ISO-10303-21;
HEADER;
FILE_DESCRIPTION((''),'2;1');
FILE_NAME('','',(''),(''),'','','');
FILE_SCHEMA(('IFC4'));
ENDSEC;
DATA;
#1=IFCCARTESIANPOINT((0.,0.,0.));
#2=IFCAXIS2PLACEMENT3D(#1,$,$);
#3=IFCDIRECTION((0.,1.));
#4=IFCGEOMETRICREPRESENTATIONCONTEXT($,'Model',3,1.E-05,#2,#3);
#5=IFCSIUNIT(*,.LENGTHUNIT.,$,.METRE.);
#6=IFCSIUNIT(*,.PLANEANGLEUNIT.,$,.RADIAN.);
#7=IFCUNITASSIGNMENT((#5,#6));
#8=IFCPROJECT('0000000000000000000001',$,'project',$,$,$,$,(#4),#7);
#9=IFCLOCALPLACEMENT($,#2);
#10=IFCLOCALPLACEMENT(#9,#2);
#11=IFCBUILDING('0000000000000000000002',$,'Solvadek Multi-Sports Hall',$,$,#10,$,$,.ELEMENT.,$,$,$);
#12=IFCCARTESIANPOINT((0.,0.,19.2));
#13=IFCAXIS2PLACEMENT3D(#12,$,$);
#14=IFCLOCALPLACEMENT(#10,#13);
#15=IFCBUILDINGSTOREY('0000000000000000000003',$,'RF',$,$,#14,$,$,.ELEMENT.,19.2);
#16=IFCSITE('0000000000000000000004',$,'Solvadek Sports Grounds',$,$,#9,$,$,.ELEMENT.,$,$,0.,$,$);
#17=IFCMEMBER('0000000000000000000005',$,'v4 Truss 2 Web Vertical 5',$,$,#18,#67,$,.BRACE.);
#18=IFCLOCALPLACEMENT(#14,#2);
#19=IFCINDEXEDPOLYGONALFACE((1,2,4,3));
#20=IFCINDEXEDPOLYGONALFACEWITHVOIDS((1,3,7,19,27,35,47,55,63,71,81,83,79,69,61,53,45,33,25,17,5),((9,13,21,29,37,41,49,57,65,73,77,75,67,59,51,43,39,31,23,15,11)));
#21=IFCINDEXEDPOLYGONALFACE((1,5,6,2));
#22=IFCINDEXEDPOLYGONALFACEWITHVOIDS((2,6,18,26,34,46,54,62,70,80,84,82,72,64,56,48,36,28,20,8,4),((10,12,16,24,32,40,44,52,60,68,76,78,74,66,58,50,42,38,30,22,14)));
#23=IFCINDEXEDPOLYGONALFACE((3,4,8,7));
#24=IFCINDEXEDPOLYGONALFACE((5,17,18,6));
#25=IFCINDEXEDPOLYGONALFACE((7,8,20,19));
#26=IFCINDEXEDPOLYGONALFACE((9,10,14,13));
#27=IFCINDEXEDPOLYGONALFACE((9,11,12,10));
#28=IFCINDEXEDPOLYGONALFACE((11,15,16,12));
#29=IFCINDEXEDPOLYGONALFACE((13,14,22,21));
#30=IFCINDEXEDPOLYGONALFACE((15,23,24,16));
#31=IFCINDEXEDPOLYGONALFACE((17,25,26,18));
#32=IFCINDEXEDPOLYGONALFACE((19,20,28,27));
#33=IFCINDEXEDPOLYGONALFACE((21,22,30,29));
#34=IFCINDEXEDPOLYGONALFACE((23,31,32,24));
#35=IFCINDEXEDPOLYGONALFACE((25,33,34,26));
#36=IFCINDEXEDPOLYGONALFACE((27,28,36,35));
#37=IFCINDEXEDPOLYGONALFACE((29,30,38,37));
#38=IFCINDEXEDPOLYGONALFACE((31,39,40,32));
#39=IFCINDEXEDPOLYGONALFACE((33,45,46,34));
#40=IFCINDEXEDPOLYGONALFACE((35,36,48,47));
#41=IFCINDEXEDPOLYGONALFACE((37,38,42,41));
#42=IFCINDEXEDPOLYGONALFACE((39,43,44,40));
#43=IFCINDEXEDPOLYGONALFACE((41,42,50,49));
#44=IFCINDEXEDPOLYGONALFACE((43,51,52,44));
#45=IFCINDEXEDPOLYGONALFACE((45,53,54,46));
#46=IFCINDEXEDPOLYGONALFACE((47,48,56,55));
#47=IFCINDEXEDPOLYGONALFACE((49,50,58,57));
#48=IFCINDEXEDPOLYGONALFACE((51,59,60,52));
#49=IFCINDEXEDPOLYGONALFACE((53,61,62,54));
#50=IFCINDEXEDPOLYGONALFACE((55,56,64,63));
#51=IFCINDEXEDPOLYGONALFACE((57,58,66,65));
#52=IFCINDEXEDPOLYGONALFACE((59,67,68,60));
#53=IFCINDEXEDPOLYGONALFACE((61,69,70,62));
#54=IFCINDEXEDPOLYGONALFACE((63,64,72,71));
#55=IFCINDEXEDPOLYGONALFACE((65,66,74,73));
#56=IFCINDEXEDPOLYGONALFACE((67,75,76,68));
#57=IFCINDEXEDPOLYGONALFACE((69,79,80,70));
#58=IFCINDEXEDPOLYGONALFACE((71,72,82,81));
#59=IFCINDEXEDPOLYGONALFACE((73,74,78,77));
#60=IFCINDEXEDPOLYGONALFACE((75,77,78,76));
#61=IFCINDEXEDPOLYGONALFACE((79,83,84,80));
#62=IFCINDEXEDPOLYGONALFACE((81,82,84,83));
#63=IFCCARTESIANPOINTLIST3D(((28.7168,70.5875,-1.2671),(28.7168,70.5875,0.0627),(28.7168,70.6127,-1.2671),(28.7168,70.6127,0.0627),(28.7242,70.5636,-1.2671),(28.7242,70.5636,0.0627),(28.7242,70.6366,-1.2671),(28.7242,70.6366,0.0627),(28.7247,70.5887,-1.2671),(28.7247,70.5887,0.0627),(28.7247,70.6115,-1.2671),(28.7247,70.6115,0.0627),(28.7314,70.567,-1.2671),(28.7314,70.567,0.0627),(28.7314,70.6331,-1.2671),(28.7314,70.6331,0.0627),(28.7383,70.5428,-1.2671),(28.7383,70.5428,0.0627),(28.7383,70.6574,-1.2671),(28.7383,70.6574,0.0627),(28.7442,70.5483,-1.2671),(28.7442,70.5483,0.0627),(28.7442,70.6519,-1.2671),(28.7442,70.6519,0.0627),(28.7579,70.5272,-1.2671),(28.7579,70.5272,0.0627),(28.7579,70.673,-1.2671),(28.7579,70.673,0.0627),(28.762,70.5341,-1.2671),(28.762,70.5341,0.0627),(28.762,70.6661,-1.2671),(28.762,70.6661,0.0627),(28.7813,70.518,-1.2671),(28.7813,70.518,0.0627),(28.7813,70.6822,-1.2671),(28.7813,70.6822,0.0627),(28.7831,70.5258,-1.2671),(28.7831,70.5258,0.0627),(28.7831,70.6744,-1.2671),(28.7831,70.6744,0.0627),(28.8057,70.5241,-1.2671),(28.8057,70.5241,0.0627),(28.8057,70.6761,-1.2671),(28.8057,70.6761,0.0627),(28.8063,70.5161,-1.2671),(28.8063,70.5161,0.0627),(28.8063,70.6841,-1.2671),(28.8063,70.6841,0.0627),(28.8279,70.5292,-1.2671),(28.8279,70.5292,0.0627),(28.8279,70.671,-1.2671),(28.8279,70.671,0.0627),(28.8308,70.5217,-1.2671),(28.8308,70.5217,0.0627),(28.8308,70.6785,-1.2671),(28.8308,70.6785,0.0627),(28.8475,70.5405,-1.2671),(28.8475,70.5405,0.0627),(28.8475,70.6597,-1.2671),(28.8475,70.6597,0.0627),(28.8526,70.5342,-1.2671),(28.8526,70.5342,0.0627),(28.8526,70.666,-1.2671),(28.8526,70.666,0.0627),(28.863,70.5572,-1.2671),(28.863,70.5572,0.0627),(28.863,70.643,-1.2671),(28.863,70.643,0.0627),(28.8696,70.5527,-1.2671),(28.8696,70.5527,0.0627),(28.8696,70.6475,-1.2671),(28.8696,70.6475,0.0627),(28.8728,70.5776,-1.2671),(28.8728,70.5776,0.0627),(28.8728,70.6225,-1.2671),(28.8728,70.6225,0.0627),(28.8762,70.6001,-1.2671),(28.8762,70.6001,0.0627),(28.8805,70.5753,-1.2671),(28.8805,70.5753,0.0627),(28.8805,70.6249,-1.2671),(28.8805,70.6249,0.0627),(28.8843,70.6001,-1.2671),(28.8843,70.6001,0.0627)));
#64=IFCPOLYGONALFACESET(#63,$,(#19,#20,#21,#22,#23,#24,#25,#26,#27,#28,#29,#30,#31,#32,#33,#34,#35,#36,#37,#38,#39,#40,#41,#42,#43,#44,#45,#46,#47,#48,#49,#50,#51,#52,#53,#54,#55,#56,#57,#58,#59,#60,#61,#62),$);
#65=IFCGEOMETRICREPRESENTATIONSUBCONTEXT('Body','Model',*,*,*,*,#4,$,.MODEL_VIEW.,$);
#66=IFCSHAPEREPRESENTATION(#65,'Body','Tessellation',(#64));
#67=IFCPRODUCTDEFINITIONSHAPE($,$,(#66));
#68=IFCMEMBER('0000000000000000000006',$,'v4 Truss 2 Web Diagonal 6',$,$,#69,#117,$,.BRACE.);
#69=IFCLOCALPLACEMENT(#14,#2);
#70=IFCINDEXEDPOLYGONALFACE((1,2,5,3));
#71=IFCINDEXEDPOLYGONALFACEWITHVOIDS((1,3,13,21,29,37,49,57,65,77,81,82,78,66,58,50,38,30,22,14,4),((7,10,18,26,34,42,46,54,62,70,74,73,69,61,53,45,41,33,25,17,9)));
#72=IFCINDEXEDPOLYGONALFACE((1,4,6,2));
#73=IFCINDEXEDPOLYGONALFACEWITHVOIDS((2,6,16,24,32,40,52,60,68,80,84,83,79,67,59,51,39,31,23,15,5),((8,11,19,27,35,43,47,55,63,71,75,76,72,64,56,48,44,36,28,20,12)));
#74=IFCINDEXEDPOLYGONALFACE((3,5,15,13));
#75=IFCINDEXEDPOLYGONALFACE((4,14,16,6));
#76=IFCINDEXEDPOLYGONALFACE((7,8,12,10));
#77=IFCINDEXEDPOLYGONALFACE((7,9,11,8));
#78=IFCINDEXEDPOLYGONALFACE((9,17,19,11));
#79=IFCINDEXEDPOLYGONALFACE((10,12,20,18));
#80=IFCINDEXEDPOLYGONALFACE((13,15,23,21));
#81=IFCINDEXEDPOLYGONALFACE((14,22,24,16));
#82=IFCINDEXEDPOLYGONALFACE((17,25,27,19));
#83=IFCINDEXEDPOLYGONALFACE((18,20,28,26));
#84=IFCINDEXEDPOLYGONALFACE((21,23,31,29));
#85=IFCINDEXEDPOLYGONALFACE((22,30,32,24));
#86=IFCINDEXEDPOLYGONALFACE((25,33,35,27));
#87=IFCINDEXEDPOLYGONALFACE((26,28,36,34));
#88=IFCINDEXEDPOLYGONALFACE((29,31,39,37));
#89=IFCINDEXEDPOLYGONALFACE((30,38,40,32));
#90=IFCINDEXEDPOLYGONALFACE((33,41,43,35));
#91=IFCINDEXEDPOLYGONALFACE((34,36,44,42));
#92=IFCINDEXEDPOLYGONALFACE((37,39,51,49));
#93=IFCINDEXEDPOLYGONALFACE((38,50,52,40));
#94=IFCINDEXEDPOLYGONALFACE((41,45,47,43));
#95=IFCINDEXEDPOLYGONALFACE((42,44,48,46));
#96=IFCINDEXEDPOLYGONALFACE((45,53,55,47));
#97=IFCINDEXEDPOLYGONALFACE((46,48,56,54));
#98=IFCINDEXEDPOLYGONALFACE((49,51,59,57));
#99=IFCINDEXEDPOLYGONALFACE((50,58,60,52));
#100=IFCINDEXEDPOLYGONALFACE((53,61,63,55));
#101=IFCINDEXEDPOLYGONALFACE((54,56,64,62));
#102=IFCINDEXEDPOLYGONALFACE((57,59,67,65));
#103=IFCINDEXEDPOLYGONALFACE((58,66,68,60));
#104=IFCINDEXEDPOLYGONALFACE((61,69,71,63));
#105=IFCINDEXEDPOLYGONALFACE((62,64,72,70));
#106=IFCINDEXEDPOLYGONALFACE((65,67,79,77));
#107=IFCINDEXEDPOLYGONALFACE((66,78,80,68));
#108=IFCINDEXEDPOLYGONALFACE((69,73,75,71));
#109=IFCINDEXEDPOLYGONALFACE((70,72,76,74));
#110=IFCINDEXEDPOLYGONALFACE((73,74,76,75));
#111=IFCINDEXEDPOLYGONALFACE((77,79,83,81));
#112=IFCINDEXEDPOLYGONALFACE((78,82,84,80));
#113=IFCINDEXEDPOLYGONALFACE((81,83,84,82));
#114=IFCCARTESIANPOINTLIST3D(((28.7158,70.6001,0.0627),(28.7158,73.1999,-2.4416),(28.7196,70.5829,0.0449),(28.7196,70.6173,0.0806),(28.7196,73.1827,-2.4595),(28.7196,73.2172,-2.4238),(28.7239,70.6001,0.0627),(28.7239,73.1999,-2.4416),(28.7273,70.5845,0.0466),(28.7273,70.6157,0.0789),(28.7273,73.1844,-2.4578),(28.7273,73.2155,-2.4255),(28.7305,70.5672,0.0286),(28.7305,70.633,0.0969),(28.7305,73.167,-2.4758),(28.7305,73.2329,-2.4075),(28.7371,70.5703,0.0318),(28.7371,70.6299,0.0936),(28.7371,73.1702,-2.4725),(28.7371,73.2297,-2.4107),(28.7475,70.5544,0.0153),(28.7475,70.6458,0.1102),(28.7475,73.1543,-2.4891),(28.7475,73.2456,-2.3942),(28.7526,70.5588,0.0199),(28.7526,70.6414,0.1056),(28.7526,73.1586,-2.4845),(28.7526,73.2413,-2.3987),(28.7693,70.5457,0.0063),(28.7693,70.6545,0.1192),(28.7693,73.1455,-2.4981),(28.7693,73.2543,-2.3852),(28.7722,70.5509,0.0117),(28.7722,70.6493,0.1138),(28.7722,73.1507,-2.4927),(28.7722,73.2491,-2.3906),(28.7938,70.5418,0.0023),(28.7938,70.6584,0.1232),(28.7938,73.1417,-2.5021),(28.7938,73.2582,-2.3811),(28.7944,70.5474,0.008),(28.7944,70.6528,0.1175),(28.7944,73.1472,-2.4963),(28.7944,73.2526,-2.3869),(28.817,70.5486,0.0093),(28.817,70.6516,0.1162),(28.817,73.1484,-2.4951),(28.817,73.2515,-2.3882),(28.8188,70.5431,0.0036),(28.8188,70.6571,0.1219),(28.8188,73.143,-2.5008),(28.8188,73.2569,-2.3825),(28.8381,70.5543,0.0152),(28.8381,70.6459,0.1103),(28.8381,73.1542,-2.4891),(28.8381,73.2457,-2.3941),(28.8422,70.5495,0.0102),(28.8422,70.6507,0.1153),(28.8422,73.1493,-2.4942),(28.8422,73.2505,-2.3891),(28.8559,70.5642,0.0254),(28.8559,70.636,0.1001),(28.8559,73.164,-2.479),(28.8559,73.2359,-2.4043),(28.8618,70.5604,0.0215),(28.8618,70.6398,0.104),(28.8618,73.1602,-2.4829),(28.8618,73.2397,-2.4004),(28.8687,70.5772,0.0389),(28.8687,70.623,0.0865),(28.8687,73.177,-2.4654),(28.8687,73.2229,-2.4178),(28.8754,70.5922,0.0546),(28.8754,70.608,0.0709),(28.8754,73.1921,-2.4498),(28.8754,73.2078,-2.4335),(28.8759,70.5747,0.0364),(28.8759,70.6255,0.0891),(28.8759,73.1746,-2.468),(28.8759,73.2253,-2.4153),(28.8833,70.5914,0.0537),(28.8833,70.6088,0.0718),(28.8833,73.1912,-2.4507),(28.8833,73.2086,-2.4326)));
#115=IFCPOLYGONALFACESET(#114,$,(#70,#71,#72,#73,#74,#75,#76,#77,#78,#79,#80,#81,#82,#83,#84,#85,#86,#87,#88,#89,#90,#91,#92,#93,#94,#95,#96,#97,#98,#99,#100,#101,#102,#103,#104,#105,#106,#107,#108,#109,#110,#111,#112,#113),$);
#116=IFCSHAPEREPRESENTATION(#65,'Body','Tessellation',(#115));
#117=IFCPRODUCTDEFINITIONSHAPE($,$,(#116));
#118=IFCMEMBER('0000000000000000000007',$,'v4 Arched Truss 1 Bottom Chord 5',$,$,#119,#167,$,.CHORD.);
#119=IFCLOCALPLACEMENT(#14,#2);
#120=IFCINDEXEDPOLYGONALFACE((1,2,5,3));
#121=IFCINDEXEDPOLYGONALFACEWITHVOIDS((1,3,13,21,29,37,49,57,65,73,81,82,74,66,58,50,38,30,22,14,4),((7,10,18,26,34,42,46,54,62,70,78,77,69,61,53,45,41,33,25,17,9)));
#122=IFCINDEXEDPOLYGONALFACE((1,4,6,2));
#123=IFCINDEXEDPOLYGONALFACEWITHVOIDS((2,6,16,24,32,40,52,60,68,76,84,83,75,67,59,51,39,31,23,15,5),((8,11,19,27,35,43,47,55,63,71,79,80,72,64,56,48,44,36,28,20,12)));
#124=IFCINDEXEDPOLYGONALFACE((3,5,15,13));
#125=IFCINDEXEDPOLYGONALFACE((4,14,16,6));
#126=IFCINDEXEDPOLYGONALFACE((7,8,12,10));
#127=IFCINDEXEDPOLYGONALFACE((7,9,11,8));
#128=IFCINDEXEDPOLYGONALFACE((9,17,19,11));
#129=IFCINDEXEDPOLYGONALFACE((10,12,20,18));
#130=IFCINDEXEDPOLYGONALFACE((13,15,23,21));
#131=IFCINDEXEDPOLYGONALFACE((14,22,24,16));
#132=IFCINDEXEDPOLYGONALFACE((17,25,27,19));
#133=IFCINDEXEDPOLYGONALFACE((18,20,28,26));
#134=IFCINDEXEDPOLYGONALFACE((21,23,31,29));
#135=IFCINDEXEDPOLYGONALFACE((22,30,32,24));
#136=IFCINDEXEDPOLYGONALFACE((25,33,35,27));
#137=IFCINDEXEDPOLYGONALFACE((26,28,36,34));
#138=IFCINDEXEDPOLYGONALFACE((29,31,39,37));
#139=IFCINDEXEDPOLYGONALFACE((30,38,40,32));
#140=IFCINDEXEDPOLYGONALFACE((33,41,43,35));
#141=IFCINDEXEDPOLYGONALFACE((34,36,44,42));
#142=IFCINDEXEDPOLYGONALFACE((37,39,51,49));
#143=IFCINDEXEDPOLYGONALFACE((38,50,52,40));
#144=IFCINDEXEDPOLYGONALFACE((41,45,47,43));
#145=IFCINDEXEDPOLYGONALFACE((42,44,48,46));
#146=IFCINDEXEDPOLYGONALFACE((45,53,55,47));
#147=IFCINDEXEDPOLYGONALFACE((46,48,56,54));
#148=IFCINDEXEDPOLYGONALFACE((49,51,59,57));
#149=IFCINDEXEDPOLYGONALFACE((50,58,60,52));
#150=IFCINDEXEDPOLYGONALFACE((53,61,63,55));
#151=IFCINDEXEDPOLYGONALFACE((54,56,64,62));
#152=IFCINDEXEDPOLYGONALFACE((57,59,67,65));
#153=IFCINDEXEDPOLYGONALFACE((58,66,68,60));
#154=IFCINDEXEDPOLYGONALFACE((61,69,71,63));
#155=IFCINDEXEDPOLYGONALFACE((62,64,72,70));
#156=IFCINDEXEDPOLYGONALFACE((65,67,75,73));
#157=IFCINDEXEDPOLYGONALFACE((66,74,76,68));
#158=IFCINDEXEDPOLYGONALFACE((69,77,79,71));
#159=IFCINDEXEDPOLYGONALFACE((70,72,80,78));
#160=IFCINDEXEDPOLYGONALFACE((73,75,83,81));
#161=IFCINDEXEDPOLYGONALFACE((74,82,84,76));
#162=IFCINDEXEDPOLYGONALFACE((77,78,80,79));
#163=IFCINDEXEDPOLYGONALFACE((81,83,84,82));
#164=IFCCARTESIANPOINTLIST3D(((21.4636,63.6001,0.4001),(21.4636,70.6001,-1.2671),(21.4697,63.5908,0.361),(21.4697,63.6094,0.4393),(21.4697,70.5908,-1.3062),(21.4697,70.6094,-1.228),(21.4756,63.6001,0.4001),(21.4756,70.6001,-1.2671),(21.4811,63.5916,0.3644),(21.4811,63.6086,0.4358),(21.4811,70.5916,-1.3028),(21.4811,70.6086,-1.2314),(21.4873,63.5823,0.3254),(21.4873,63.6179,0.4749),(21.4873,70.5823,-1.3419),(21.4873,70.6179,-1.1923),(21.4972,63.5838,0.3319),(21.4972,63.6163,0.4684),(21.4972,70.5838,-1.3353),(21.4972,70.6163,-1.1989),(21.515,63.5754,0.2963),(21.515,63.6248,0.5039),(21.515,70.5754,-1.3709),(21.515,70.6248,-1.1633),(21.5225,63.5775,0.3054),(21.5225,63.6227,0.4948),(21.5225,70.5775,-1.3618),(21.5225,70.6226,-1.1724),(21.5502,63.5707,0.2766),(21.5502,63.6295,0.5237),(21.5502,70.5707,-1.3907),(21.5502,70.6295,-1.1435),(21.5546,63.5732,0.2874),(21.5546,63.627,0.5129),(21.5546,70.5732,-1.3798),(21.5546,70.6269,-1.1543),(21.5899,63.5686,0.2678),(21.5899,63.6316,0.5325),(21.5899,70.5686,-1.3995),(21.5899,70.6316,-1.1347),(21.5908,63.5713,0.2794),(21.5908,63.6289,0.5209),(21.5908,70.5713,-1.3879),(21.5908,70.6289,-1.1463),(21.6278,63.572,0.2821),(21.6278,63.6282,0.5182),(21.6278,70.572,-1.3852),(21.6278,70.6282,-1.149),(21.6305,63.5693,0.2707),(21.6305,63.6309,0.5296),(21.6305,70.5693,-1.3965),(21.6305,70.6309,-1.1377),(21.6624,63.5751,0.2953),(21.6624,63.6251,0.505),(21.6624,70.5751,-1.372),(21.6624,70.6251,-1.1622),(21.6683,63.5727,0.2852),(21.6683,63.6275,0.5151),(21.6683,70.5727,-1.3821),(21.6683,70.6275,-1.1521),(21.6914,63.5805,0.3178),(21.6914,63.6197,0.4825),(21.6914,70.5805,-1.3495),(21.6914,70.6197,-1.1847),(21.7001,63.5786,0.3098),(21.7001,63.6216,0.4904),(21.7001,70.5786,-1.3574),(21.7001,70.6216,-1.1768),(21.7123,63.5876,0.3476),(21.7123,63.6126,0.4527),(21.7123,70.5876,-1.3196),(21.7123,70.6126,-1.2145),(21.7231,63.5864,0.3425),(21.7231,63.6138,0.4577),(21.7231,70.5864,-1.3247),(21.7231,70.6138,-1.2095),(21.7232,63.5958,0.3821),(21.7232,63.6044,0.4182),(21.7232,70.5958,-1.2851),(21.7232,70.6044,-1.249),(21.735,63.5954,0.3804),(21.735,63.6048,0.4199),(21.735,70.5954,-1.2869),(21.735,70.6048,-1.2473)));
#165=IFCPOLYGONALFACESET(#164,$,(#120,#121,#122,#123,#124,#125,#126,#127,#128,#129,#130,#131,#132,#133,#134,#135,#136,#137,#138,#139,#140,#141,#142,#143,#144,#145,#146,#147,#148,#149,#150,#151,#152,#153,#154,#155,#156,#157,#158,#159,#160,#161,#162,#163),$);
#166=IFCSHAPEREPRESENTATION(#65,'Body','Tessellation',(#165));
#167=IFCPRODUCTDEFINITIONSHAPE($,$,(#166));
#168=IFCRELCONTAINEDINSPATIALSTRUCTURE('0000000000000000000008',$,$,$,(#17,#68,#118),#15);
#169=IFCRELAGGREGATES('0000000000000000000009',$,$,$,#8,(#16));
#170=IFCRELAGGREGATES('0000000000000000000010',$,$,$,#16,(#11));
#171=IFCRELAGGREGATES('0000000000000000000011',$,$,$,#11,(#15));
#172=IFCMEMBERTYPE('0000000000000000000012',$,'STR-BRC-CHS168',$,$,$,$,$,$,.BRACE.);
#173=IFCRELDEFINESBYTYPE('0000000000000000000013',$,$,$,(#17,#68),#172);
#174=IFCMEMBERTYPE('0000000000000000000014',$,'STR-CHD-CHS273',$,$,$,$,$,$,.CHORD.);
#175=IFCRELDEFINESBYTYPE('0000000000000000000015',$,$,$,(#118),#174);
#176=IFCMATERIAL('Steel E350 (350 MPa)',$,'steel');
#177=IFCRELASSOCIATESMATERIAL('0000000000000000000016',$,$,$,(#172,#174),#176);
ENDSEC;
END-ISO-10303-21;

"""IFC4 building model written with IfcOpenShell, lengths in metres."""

from ifc_helpers import new_model, si_unit, direction, frame, origin, origin_2d, place, context, subcontext, project, spatial, hollow_circle, extrude, material, material_profile, profile_set, type_object, element, save


model = new_model("IFC4")

# Units and contexts
model_context = context("Model", 3, precision=1e-05, world=origin(), true_north=direction((0.0, 1.0)))
body_context = subcontext(model_context, "Body", "Model", "MODEL_VIEW")
ifc_project = project(units=[si_unit("LENGTHUNIT", "METRE"), si_unit("PLANEANGLEUNIT", "RADIAN")], contexts=[model_context])

# Site, building, storey
site_placement = place(None, origin())
site = spatial("IfcSite", under=ifc_project, at=site_placement, Name="Solvadek Sports Grounds", CompositionType="ELEMENT", RefElevation=0.0)
building_placement = place(site_placement, origin())
building = spatial("IfcBuilding", under=site, at=building_placement, Name="Solvadek Multi-Sports Hall", CompositionType="ELEMENT")
storey_placement = place(building_placement, frame((0.0, 0.0, 19.2)))
storey = spatial("IfcBuildingStorey", under=building, at=storey_placement, Name="RF", CompositionType="ELEMENT", Elevation=19.2)

# Members
ifc_material_1 = material(Name="Steel E350 (350 MPa)", Category="steel")
ifc_material_profile_1 = material_profile(ifc_material_1, hollow_circle(Radius=0.0842, WallThickness=0.0081, at=origin_2d()), Name="CHS 168.3x8")
ifc_profile_set_1 = profile_set([ifc_material_profile_1], Name="Steel E350 (350 MPa)")
member_type_1 = type_object("IfcMemberType", Name="STR-BRC-CHS168", PredefinedType="BRACE", material=ifc_profile_set_1)
member_1_placement = place(storey_placement, frame((28.8, 70.6001, -1.2671), z_axis=(0.0, 0.0, 1.0), x_axis=(1.0, 0.0, 0.0)))
element("IfcMember", 1, at=member_1_placement, inside=storey, type_object=member_type_1, Name="v4 Truss 2 Web Vertical 5", PredefinedType="BRACE", context=body_context, shape_type="SweptSolid", body=[
    extrude(hollow_circle(Radius=0.0842, WallThickness=0.0081, at=origin_2d()), origin(), (0.0, 0.0, 1.0), 1.3298),
])
member_2_placement = place(storey_placement, frame((28.8, 70.6001, 0.0627), z_axis=(0.0, 0.720205, -0.693761), x_axis=(-1.0, 0.0, 0.0)))
element("IfcMember", 2, at=member_2_placement, inside=storey, type_object=member_type_1, Name="v4 Truss 2 Web Diagonal 6", PredefinedType="BRACE", context=body_context, shape_type="SweptSolid", body=[
    extrude(hollow_circle(Radius=0.0842, WallThickness=0.0081, at=origin_2d()), origin(), (0.0, 0.0, 1.0), 3.6099),
])
ifc_material_profile_2 = material_profile(ifc_material_1, hollow_circle(Radius=0.1365, WallThickness=0.012, at=origin_2d()), Name="CHS 273.0x12")
ifc_profile_set_2 = profile_set([ifc_material_profile_2], Name="Steel E350 (350 MPa)")
member_type_2 = type_object("IfcMemberType", Name="STR-CHD-CHS273", PredefinedType="CHORD", material=ifc_profile_set_2)
member_3_placement = place(storey_placement, frame((21.6001, 63.6001, 0.4001), z_axis=(0.0, 0.972788, -0.231695), x_axis=(-1.0, 0.0, 0.0)))
element("IfcMember", 3, at=member_3_placement, inside=storey, type_object=member_type_2, Name="v4 Arched Truss 1 Bottom Chord 5", PredefinedType="CHORD", context=body_context, shape_type="SweptSolid", body=[
    extrude(hollow_circle(Radius=0.1365, WallThickness=0.012, at=origin_2d()), origin(), (0.0, 0.0, 1.0), 7.1958),
])

save(model, "model.ifc")
